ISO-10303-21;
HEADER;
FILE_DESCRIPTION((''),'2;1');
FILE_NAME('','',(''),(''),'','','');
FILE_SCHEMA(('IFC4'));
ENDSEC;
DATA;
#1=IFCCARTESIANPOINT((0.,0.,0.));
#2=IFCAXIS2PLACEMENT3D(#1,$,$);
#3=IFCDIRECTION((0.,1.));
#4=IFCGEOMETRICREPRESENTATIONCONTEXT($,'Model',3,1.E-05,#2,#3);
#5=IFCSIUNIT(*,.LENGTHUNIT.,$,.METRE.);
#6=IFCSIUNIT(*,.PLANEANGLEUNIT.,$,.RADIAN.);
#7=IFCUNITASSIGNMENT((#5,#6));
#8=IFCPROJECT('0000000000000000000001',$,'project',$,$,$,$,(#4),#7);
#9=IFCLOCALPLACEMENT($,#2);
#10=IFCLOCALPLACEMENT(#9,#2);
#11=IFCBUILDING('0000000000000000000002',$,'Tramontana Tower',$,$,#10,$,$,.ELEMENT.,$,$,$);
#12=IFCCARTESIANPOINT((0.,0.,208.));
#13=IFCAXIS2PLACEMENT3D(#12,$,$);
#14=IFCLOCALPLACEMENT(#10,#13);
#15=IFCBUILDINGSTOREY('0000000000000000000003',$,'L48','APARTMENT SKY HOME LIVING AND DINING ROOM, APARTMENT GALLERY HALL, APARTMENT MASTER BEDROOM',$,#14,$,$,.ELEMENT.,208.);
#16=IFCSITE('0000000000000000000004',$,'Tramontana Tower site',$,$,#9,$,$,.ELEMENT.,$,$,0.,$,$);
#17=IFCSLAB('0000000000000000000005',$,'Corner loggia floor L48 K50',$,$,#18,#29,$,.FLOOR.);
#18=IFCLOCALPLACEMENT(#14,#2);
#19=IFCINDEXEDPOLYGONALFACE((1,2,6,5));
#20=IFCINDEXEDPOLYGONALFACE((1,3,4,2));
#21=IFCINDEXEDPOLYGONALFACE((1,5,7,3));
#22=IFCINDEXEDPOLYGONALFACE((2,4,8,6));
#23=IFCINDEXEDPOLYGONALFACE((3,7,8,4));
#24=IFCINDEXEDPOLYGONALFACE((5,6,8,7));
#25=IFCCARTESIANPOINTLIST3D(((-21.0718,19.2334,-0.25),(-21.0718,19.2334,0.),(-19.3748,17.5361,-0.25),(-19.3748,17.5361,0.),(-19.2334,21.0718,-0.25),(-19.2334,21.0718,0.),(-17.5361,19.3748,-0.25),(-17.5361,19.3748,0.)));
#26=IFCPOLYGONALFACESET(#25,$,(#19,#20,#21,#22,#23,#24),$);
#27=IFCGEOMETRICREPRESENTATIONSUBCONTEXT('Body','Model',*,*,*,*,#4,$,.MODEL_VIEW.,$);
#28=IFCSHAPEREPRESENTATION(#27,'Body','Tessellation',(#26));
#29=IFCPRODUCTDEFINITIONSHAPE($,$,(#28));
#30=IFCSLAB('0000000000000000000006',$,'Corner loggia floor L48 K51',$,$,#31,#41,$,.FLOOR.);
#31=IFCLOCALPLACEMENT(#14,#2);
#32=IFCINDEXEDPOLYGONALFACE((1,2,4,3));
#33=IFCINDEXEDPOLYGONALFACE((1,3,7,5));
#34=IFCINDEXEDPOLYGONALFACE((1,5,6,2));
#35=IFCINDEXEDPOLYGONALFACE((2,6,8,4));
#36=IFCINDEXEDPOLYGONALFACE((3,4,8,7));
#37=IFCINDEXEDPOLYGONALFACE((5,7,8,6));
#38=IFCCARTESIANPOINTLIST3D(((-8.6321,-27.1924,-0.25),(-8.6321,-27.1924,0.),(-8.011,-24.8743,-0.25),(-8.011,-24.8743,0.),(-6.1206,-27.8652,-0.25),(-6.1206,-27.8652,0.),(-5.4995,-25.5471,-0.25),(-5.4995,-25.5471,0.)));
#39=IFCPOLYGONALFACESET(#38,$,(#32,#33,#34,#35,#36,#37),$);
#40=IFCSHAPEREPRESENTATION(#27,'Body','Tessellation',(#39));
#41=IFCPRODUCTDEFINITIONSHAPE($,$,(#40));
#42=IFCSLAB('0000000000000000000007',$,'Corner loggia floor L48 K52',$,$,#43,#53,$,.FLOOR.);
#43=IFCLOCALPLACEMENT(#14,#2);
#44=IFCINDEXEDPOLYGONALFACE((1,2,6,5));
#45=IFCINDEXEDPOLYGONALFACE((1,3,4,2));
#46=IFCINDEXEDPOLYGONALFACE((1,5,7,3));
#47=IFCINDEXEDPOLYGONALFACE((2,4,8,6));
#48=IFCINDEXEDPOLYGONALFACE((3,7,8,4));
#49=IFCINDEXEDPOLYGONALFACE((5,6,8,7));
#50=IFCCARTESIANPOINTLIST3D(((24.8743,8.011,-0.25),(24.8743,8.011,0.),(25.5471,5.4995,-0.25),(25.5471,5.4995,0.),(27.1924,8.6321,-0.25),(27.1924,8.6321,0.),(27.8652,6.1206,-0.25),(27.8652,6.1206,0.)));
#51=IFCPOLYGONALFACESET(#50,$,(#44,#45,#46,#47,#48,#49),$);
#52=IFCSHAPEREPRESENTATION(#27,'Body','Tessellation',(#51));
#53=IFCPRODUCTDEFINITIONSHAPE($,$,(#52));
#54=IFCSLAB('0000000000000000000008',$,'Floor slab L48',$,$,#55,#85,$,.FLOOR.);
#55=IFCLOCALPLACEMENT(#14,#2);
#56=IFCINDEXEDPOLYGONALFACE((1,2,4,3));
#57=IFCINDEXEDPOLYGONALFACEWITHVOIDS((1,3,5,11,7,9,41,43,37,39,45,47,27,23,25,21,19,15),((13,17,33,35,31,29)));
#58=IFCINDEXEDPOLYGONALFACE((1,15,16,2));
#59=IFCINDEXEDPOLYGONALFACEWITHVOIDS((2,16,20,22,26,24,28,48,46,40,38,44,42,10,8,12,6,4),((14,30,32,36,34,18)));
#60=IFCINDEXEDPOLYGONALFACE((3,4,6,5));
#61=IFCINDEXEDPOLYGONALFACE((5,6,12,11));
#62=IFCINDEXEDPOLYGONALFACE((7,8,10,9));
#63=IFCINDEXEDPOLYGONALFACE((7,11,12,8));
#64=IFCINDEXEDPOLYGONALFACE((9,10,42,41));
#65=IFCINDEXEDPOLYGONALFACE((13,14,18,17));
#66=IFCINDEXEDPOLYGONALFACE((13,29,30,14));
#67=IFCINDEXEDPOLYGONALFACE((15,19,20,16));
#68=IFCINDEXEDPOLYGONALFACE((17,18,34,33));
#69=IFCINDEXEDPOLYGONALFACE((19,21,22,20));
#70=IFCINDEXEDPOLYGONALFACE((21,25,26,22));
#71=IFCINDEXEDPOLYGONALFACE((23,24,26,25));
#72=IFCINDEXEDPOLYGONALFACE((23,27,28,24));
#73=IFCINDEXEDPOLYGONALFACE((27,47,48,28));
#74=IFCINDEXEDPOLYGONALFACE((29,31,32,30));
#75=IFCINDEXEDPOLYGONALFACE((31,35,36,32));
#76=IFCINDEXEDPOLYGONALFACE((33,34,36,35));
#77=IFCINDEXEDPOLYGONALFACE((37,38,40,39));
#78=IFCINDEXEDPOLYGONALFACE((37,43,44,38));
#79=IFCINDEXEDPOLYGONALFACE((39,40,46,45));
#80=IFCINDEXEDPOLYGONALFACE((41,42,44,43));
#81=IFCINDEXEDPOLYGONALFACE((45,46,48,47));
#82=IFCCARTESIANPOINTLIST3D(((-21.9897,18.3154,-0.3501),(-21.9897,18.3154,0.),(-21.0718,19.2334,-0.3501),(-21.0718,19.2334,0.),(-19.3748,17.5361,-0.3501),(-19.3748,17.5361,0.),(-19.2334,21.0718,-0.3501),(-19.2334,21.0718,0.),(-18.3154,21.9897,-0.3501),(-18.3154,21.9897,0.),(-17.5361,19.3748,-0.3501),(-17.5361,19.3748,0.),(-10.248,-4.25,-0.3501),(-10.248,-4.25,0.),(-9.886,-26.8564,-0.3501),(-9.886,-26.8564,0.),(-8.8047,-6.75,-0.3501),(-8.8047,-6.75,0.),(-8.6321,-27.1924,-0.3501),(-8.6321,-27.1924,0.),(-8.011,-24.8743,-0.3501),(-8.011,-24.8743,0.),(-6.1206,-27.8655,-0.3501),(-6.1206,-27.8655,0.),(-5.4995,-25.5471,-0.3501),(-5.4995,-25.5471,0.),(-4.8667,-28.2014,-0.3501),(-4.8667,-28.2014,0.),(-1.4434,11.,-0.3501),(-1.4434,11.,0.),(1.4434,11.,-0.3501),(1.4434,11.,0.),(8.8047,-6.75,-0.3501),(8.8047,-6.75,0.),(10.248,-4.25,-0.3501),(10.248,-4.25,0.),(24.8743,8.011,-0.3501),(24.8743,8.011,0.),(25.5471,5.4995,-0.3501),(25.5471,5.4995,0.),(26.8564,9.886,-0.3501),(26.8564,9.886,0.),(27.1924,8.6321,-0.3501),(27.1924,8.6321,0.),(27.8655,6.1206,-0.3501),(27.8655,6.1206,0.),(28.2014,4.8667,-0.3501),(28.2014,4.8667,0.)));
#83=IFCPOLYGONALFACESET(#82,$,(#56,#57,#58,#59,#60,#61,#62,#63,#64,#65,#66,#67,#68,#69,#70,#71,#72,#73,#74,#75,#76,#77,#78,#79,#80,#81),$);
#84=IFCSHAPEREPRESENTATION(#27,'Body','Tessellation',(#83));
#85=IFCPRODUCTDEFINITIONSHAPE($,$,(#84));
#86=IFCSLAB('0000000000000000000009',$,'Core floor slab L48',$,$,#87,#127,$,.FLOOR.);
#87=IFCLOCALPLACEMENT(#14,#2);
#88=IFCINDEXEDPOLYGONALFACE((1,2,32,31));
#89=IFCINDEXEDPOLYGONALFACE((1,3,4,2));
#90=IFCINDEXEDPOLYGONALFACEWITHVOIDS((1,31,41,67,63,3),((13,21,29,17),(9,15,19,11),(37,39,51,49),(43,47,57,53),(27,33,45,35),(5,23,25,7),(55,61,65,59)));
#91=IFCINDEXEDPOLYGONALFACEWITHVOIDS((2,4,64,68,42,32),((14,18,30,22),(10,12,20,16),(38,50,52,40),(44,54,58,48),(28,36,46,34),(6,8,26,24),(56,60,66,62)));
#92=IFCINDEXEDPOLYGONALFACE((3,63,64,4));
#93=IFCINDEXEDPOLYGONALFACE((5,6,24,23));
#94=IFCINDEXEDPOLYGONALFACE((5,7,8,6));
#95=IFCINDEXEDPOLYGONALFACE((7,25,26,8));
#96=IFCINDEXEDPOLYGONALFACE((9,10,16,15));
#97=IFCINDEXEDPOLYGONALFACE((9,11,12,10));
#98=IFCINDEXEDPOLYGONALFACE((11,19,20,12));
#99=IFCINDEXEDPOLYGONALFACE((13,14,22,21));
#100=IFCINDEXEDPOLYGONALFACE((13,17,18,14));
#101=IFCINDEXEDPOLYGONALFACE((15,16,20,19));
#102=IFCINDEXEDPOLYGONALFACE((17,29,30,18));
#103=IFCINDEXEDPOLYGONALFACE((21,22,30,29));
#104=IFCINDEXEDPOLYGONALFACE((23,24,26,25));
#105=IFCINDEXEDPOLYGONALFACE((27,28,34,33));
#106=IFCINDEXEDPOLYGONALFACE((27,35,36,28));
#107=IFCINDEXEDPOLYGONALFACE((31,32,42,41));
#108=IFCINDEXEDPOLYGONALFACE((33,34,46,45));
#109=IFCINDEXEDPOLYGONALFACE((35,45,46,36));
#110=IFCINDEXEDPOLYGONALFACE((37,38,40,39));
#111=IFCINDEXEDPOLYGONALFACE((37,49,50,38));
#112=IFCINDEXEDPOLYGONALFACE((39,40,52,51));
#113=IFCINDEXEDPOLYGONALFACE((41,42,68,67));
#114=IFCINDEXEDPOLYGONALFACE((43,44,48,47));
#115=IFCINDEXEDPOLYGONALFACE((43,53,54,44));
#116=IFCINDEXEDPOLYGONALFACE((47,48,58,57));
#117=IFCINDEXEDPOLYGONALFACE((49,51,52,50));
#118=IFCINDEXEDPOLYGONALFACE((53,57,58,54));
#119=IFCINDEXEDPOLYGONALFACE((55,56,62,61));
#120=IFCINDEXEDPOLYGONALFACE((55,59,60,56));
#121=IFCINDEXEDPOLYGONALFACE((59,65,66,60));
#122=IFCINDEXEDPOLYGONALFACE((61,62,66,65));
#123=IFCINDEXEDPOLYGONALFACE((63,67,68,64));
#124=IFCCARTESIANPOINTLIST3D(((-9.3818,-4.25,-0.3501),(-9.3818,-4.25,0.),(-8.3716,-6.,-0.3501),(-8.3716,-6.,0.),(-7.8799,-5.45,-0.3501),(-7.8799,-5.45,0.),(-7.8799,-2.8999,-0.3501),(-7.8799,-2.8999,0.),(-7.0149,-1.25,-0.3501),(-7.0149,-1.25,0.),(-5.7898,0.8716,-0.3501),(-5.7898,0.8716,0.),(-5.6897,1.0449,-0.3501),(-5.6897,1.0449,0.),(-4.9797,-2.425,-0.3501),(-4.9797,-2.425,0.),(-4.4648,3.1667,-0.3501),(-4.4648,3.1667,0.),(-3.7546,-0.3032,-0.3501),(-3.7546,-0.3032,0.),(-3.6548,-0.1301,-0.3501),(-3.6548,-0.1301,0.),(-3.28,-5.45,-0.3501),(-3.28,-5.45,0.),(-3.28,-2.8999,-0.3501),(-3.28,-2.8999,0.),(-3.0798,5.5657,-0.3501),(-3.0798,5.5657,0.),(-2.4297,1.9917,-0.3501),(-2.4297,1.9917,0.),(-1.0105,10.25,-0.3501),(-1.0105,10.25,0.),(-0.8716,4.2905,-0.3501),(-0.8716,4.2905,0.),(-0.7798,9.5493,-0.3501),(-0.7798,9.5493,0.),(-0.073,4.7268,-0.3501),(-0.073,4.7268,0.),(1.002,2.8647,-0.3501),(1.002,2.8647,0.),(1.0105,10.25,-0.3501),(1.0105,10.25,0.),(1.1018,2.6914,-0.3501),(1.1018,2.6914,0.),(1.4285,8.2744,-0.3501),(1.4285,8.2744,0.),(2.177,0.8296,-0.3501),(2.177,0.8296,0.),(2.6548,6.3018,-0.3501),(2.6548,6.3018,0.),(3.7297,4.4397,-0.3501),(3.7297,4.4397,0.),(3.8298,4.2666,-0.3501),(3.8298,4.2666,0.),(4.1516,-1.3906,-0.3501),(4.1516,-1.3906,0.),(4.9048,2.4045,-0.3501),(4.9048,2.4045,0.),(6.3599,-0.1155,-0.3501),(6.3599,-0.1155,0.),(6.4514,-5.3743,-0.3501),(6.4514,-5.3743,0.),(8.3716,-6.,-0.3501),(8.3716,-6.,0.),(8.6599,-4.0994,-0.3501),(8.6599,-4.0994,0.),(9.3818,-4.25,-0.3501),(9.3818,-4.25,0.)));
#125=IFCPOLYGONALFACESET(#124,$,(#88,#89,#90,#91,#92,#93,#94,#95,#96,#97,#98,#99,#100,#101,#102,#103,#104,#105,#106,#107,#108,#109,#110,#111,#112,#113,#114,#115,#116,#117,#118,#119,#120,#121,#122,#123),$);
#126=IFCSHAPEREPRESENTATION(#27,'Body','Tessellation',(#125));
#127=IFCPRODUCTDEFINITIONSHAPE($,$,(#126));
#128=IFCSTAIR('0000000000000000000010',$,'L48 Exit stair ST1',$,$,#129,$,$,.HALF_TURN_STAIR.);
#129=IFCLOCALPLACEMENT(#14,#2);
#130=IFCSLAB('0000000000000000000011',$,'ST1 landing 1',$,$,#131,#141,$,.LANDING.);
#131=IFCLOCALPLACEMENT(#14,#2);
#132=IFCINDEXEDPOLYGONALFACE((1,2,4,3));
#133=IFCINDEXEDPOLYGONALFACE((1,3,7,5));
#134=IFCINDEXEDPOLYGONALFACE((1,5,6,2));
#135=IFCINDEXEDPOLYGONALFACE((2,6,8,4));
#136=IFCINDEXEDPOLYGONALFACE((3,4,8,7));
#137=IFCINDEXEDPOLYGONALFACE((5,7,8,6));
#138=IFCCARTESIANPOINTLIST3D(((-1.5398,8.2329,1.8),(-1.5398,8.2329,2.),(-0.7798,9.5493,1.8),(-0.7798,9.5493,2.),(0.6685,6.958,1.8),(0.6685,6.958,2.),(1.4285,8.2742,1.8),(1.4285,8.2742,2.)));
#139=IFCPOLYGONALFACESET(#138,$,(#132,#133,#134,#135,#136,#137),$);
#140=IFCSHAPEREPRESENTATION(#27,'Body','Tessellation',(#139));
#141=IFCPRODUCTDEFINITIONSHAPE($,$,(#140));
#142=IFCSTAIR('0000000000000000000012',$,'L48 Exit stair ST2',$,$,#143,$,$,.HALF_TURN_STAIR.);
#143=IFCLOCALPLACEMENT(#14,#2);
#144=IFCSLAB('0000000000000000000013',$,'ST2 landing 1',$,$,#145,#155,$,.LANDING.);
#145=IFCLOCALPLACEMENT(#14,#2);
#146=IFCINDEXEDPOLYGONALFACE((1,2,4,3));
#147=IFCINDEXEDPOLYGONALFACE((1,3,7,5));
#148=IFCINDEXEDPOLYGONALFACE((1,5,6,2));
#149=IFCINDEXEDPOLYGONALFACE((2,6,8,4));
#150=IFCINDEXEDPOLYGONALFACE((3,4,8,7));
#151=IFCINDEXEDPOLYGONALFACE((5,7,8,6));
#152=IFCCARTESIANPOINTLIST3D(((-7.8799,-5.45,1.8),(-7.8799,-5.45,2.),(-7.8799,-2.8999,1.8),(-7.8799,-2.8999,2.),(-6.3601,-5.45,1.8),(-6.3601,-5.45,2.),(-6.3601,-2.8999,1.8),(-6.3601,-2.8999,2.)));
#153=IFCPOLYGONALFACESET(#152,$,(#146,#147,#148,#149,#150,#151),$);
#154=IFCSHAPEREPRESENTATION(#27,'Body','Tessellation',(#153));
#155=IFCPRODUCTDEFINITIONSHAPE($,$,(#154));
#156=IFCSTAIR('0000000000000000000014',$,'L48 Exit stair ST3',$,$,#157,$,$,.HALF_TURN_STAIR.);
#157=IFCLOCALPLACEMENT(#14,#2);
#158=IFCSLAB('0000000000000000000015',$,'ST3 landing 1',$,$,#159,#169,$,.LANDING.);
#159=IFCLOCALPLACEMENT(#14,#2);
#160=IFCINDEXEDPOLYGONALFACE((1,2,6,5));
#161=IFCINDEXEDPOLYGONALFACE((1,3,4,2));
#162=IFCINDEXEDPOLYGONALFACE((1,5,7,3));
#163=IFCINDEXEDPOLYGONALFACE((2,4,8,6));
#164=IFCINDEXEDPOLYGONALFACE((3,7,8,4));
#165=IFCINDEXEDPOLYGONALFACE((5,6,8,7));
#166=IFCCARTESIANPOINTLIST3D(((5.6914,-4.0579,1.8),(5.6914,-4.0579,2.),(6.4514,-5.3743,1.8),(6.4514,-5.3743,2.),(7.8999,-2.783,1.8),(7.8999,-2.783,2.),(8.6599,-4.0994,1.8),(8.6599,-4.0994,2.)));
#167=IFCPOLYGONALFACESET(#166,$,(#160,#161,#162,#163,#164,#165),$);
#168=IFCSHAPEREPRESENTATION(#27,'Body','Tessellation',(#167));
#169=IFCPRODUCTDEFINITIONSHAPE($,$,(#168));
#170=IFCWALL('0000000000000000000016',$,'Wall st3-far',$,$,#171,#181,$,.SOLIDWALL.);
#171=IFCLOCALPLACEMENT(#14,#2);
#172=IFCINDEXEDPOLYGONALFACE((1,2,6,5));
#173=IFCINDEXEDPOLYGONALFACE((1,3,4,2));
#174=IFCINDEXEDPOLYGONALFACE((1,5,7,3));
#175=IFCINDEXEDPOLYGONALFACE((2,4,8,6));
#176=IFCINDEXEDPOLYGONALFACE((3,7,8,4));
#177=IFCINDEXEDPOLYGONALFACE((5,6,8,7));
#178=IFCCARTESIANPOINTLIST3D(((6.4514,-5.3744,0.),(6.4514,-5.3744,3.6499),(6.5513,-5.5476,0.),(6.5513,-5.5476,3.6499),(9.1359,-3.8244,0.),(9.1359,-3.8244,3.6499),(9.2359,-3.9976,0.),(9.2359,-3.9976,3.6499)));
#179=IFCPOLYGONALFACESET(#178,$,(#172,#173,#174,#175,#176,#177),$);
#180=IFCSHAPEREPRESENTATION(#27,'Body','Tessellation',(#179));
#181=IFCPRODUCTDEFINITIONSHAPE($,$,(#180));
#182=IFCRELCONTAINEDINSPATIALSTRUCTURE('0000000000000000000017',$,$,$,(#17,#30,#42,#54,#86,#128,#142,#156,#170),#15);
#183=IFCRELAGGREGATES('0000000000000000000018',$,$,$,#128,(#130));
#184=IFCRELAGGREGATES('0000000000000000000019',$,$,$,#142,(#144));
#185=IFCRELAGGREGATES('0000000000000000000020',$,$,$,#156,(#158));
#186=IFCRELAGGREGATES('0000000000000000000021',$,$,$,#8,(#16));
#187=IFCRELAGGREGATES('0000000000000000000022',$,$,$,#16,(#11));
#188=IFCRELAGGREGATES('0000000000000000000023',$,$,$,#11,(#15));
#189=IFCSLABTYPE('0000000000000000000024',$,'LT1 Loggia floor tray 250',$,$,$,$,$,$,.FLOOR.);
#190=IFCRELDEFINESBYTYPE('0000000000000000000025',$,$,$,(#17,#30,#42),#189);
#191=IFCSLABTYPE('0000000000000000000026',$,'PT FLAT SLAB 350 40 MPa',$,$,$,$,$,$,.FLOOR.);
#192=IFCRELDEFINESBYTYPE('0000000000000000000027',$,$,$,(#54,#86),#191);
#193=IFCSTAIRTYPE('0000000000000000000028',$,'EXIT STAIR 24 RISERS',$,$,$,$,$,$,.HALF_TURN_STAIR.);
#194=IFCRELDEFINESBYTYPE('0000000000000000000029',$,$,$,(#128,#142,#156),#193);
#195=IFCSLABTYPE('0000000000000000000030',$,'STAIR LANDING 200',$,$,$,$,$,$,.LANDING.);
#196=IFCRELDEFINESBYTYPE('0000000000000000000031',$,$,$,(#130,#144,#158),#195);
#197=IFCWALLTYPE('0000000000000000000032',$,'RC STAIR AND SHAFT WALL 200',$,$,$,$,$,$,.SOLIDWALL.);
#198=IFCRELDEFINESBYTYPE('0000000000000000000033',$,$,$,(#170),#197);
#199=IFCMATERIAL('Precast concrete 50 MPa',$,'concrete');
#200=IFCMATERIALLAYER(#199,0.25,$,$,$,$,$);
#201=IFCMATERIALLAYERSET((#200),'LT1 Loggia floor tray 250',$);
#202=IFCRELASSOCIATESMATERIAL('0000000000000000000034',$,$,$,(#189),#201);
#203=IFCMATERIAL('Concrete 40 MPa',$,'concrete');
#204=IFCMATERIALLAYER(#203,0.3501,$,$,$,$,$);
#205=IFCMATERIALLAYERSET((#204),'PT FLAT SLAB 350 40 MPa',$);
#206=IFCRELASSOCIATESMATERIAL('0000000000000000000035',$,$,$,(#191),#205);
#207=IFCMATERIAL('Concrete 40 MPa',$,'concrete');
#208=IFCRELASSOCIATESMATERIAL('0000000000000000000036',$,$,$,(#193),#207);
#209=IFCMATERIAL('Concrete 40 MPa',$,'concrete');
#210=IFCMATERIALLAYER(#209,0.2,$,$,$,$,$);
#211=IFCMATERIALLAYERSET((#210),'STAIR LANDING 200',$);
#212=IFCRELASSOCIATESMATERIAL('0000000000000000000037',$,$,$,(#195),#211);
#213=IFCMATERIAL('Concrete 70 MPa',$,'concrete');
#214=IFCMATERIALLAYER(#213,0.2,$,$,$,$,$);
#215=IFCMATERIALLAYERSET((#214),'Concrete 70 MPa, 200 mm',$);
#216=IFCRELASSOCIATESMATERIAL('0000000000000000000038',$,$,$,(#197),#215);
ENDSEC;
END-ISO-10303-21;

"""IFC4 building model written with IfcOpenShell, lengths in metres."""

from ifc_helpers import new_model, si_unit, direction, frame, frame_2d, origin, place, context, subcontext, project, spatial, polyline, rectangle, outline, extrude, material, layer, layer_set, type_object, element, aggregate, save


model = new_model("IFC4")

# Units and contexts
model_context = context("Model", 3, precision=1e-05, world=origin(), true_north=direction((0.0, 1.0)))
body_context = subcontext(model_context, "Body", "Model", "MODEL_VIEW")
ifc_project = project(units=[si_unit("LENGTHUNIT", "METRE"), si_unit("PLANEANGLEUNIT", "RADIAN")], contexts=[model_context])

# Site, building, storey
site_placement = place(None, origin())
site = spatial("IfcSite", under=ifc_project, at=site_placement, Name="Tramontana Tower site", CompositionType="ELEMENT", RefElevation=0.0)
building_placement = place(site_placement, origin())
building = spatial("IfcBuilding", under=site, at=building_placement, Name="Tramontana Tower", CompositionType="ELEMENT")
storey_placement = place(building_placement, frame((0.0, 0.0, 208.0)))
storey = spatial("IfcBuildingStorey", under=building, at=storey_placement, Name="L48", Description="APARTMENT SKY HOME LIVING AND DINING ROOM, APARTMENT GALLERY HALL, APARTMENT MASTER BEDROOM", CompositionType="ELEMENT", Elevation=208.0)

# Slabs
ifc_material_1 = material(Name="Precast concrete 50 MPa", Category="concrete")
ifc_layer_1 = layer(ifc_material_1, 0.25)
ifc_layer_set_1 = layer_set([ifc_layer_1], Name="LT1 Loggia floor tray 250")
slab_type_1 = type_object("IfcSlabType", Name="LT1 Loggia floor tray 250", PredefinedType="FLOOR", material=ifc_layer_set_1)
slab_1_placement = place(storey_placement, frame((0.0, 0.0, -0.25)))
element("IfcSlab", 1, at=slab_1_placement, inside=storey, type_object=slab_type_1, Name="Corner loggia floor L48 K50", PredefinedType="FLOOR", context=body_context, shape_type="SweptSolid", body=[
    extrude(outline(polyline([(-19.2334, 21.0718), (-17.5361, 19.3748), (-19.3748, 17.5361), (-21.0718, 19.2334), (-19.2334, 21.0718)])), origin(), (0.0, 0.0, 1.0), 0.25),
])
slab_2_placement = place(storey_placement, frame((0.0, 0.0, -0.25)))
element("IfcSlab", 2, at=slab_2_placement, inside=storey, type_object=slab_type_1, Name="Corner loggia floor L48 K51", PredefinedType="FLOOR", context=body_context, shape_type="SweptSolid", body=[
    extrude(outline(polyline([(-8.6321, -27.1924), (-8.011, -24.8743), (-5.4995, -25.5471), (-6.1206, -27.8652), (-8.6321, -27.1924)])), origin(), (0.0, 0.0, 1.0), 0.25),
])
slab_3_placement = place(storey_placement, frame((0.0, 0.0, -0.25)))
element("IfcSlab", 3, at=slab_3_placement, inside=storey, type_object=slab_type_1, Name="Corner loggia floor L48 K52", PredefinedType="FLOOR", context=body_context, shape_type="SweptSolid", body=[
    extrude(outline(polyline([(27.8652, 6.1206), (25.5471, 5.4995), (24.8743, 8.011), (27.1924, 8.6321), (27.8652, 6.1206)])), origin(), (0.0, 0.0, 1.0), 0.25),
])
ifc_material_2 = material(Name="Concrete 40 MPa", Category="concrete")
ifc_layer_2 = layer(ifc_material_2, 0.3501)
ifc_layer_set_2 = layer_set([ifc_layer_2], Name="PT FLAT SLAB 350 40 MPa")
slab_type_2 = type_object("IfcSlabType", Name="PT FLAT SLAB 350 40 MPa", PredefinedType="FLOOR", material=ifc_layer_set_2)
slab_4_placement = place(storey_placement, frame((0.0, 0.0, -0.3501)))
element("IfcSlab", 4, at=slab_4_placement, inside=storey, type_object=slab_type_2, Name="Floor slab L48", PredefinedType="FLOOR", context=body_context, shape_type="SweptSolid", body=[
    extrude(outline(polyline([(27.1924, 8.6321), (24.8743, 8.011), (25.5471, 5.4995), (27.8655, 6.1206), (28.2014, 4.8667), (-4.8667, -28.2014), (-6.1206, -27.8655), (-5.4995, -25.5471), (-8.011, -24.8743), (-8.6321, -27.1924), (-9.886, -26.8564), (-21.9897, 18.3154), (-21.0718, 19.2334), (-19.3748, 17.5361), (-17.5361, 19.3748), (-19.2334, 21.0718), (-18.3154, 21.9897), (26.8564, 9.886), (27.1924, 8.6321)]), holes=[polyline([(-10.248, -4.25), (-8.8047, -6.75), (8.8047, -6.75), (10.248, -4.25), (1.4434, 11.0), (-1.4434, 11.0), (-10.248, -4.25)])]), origin(), (0.0, 0.0, 1.0), 0.3501),
])
slab_5_placement = place(storey_placement, frame((0.0, 0.0, -0.3501)))
element("IfcSlab", 5, at=slab_5_placement, inside=storey, type_object=slab_type_2, Name="Core floor slab L48", PredefinedType="FLOOR", context=body_context, shape_type="SweptSolid", body=[
    extrude(outline(polyline([(9.3818, -4.25), (8.3716, -6.0), (-8.3716, -6.0), (-9.3818, -4.25), (-1.0105, 10.25), (1.0105, 10.25), (9.3818, -4.25)]), holes=[polyline([(8.6599, -4.0994), (6.3599, -0.1155), (4.1516, -1.3906), (6.4514, -5.3743), (8.6599, -4.0994)]), polyline([(3.8298, 4.2666), (1.1018, 2.6914), (2.177, 0.8296), (4.9048, 2.4045), (3.8298, 4.2666)]), polyline([(2.6548, 6.3018), (-0.073, 4.7268), (1.002, 2.8647), (3.7297, 4.4397), (2.6548, 6.3018)]), polyline([(-0.7798, 9.5493), (-3.0798, 5.5657), (-0.8716, 4.2905), (1.4285, 8.2744), (-0.7798, 9.5493)]), polyline([(-5.6897, 1.0449), (-3.6548, -0.1301), (-2.4297, 1.9917), (-4.4648, 3.1667), (-5.6897, 1.0449)]), polyline([(-3.28, -5.45), (-3.28, -2.8999), (-7.8799, -2.8999), (-7.8799, -5.45), (-3.28, -5.45)]), polyline([(-7.0149, -1.25), (-4.9797, -2.425), (-3.7546, -0.3032), (-5.7898, 0.8716), (-7.0149, -1.25)])]), origin(), (0.0, 0.0, 1.0), 0.3501),
])

# Stairs, slabs
ifc_material_3 = material(Name="Concrete 40 MPa", Category="concrete")
stair_type = type_object("IfcStairType", Name="EXIT STAIR 24 RISERS", PredefinedType="HALF_TURN_STAIR", material=ifc_material_3)
stair_1_placement = place(storey_placement, origin())
stair_1 = element("IfcStair", 6, at=stair_1_placement, inside=storey, type_object=stair_type, Name="L48 Exit stair ST1", PredefinedType="HALF_TURN_STAIR")
ifc_material_4 = material(Name="Concrete 40 MPa", Category="concrete")
ifc_layer_3 = layer(ifc_material_4, 0.2)
ifc_layer_set_3 = layer_set([ifc_layer_3], Name="STAIR LANDING 200")
slab_type_3 = type_object("IfcSlabType", Name="STAIR LANDING 200", PredefinedType="LANDING", material=ifc_layer_set_3)
slab_6_placement = place(storey_placement, frame((0.0, 0.0, 1.8)))
slab_6 = element("IfcSlab", 7, at=slab_6_placement, type_object=slab_type_3, Name="ST1 landing 1", PredefinedType="LANDING", context=body_context, shape_type="SweptSolid", body=[
    extrude(outline(polyline([(0.6685, 6.958), (1.4285, 8.2742), (-0.7798, 9.5493), (-1.5398, 8.2329), (0.6685, 6.958)])), origin(), (0.0, 0.0, 1.0), 0.2),
])
aggregate(stair_1, [slab_6])
stair_2_placement = place(storey_placement, origin())
stair_2 = element("IfcStair", 8, at=stair_2_placement, inside=storey, type_object=stair_type, Name="L48 Exit stair ST2", PredefinedType="HALF_TURN_STAIR")
slab_7_placement = place(storey_placement, frame((0.0, 0.0, 1.8)))
slab_7 = element("IfcSlab", 9, at=slab_7_placement, type_object=slab_type_3, Name="ST2 landing 1", PredefinedType="LANDING", context=body_context, shape_type="SweptSolid", body=[
    extrude(outline(polyline([(-6.3601, -2.8999), (-7.8799, -2.8999), (-7.8799, -5.45), (-6.3601, -5.45), (-6.3601, -2.8999)])), origin(), (0.0, 0.0, 1.0), 0.2),
])
aggregate(stair_2, [slab_7])
stair_3_placement = place(storey_placement, origin())
stair_3 = element("IfcStair", 10, at=stair_3_placement, inside=storey, type_object=stair_type, Name="L48 Exit stair ST3", PredefinedType="HALF_TURN_STAIR")
slab_8_placement = place(storey_placement, frame((0.0, 0.0, 1.8)))
slab_8 = element("IfcSlab", 11, at=slab_8_placement, type_object=slab_type_3, Name="ST3 landing 1", PredefinedType="LANDING", context=body_context, shape_type="SweptSolid", body=[
    extrude(outline(polyline([(5.6914, -4.0579), (6.4514, -5.3743), (8.6599, -4.0994), (7.8999, -2.783), (5.6914, -4.0579)])), origin(), (0.0, 0.0, 1.0), 0.2),
])

# Wall
ifc_material_5 = material(Name="Concrete 70 MPa", Category="concrete")
ifc_layer_4 = layer(ifc_material_5, 0.2)
ifc_layer_set_4 = layer_set([ifc_layer_4], Name="Concrete 70 MPa, 200 mm")
wall_type = type_object("IfcWallType", Name="RC STAIR AND SHAFT WALL 200", PredefinedType="SOLIDWALL", material=ifc_layer_set_4)
wall_1_placement = place(storey_placement, frame((6.5015, -5.4609, 0.0), z_axis=(0.0, 0.0, 1.0), x_axis=(0.86601, 0.500027, 0.0)))
element("IfcWall", 12, at=wall_1_placement, inside=storey, type_object=wall_type, Name="Wall st3-far", PredefinedType="SOLIDWALL", context=body_context, shape_type="SweptSolid", body=[
    extrude(rectangle(XDim=3.0999, YDim=0.2, at=frame_2d((1.5498, 0.0))), origin(), (0.0, 0.0, 1.0), 3.6499),
])

aggregate(stair_3, [slab_8])

save(model, "model.ifc")
